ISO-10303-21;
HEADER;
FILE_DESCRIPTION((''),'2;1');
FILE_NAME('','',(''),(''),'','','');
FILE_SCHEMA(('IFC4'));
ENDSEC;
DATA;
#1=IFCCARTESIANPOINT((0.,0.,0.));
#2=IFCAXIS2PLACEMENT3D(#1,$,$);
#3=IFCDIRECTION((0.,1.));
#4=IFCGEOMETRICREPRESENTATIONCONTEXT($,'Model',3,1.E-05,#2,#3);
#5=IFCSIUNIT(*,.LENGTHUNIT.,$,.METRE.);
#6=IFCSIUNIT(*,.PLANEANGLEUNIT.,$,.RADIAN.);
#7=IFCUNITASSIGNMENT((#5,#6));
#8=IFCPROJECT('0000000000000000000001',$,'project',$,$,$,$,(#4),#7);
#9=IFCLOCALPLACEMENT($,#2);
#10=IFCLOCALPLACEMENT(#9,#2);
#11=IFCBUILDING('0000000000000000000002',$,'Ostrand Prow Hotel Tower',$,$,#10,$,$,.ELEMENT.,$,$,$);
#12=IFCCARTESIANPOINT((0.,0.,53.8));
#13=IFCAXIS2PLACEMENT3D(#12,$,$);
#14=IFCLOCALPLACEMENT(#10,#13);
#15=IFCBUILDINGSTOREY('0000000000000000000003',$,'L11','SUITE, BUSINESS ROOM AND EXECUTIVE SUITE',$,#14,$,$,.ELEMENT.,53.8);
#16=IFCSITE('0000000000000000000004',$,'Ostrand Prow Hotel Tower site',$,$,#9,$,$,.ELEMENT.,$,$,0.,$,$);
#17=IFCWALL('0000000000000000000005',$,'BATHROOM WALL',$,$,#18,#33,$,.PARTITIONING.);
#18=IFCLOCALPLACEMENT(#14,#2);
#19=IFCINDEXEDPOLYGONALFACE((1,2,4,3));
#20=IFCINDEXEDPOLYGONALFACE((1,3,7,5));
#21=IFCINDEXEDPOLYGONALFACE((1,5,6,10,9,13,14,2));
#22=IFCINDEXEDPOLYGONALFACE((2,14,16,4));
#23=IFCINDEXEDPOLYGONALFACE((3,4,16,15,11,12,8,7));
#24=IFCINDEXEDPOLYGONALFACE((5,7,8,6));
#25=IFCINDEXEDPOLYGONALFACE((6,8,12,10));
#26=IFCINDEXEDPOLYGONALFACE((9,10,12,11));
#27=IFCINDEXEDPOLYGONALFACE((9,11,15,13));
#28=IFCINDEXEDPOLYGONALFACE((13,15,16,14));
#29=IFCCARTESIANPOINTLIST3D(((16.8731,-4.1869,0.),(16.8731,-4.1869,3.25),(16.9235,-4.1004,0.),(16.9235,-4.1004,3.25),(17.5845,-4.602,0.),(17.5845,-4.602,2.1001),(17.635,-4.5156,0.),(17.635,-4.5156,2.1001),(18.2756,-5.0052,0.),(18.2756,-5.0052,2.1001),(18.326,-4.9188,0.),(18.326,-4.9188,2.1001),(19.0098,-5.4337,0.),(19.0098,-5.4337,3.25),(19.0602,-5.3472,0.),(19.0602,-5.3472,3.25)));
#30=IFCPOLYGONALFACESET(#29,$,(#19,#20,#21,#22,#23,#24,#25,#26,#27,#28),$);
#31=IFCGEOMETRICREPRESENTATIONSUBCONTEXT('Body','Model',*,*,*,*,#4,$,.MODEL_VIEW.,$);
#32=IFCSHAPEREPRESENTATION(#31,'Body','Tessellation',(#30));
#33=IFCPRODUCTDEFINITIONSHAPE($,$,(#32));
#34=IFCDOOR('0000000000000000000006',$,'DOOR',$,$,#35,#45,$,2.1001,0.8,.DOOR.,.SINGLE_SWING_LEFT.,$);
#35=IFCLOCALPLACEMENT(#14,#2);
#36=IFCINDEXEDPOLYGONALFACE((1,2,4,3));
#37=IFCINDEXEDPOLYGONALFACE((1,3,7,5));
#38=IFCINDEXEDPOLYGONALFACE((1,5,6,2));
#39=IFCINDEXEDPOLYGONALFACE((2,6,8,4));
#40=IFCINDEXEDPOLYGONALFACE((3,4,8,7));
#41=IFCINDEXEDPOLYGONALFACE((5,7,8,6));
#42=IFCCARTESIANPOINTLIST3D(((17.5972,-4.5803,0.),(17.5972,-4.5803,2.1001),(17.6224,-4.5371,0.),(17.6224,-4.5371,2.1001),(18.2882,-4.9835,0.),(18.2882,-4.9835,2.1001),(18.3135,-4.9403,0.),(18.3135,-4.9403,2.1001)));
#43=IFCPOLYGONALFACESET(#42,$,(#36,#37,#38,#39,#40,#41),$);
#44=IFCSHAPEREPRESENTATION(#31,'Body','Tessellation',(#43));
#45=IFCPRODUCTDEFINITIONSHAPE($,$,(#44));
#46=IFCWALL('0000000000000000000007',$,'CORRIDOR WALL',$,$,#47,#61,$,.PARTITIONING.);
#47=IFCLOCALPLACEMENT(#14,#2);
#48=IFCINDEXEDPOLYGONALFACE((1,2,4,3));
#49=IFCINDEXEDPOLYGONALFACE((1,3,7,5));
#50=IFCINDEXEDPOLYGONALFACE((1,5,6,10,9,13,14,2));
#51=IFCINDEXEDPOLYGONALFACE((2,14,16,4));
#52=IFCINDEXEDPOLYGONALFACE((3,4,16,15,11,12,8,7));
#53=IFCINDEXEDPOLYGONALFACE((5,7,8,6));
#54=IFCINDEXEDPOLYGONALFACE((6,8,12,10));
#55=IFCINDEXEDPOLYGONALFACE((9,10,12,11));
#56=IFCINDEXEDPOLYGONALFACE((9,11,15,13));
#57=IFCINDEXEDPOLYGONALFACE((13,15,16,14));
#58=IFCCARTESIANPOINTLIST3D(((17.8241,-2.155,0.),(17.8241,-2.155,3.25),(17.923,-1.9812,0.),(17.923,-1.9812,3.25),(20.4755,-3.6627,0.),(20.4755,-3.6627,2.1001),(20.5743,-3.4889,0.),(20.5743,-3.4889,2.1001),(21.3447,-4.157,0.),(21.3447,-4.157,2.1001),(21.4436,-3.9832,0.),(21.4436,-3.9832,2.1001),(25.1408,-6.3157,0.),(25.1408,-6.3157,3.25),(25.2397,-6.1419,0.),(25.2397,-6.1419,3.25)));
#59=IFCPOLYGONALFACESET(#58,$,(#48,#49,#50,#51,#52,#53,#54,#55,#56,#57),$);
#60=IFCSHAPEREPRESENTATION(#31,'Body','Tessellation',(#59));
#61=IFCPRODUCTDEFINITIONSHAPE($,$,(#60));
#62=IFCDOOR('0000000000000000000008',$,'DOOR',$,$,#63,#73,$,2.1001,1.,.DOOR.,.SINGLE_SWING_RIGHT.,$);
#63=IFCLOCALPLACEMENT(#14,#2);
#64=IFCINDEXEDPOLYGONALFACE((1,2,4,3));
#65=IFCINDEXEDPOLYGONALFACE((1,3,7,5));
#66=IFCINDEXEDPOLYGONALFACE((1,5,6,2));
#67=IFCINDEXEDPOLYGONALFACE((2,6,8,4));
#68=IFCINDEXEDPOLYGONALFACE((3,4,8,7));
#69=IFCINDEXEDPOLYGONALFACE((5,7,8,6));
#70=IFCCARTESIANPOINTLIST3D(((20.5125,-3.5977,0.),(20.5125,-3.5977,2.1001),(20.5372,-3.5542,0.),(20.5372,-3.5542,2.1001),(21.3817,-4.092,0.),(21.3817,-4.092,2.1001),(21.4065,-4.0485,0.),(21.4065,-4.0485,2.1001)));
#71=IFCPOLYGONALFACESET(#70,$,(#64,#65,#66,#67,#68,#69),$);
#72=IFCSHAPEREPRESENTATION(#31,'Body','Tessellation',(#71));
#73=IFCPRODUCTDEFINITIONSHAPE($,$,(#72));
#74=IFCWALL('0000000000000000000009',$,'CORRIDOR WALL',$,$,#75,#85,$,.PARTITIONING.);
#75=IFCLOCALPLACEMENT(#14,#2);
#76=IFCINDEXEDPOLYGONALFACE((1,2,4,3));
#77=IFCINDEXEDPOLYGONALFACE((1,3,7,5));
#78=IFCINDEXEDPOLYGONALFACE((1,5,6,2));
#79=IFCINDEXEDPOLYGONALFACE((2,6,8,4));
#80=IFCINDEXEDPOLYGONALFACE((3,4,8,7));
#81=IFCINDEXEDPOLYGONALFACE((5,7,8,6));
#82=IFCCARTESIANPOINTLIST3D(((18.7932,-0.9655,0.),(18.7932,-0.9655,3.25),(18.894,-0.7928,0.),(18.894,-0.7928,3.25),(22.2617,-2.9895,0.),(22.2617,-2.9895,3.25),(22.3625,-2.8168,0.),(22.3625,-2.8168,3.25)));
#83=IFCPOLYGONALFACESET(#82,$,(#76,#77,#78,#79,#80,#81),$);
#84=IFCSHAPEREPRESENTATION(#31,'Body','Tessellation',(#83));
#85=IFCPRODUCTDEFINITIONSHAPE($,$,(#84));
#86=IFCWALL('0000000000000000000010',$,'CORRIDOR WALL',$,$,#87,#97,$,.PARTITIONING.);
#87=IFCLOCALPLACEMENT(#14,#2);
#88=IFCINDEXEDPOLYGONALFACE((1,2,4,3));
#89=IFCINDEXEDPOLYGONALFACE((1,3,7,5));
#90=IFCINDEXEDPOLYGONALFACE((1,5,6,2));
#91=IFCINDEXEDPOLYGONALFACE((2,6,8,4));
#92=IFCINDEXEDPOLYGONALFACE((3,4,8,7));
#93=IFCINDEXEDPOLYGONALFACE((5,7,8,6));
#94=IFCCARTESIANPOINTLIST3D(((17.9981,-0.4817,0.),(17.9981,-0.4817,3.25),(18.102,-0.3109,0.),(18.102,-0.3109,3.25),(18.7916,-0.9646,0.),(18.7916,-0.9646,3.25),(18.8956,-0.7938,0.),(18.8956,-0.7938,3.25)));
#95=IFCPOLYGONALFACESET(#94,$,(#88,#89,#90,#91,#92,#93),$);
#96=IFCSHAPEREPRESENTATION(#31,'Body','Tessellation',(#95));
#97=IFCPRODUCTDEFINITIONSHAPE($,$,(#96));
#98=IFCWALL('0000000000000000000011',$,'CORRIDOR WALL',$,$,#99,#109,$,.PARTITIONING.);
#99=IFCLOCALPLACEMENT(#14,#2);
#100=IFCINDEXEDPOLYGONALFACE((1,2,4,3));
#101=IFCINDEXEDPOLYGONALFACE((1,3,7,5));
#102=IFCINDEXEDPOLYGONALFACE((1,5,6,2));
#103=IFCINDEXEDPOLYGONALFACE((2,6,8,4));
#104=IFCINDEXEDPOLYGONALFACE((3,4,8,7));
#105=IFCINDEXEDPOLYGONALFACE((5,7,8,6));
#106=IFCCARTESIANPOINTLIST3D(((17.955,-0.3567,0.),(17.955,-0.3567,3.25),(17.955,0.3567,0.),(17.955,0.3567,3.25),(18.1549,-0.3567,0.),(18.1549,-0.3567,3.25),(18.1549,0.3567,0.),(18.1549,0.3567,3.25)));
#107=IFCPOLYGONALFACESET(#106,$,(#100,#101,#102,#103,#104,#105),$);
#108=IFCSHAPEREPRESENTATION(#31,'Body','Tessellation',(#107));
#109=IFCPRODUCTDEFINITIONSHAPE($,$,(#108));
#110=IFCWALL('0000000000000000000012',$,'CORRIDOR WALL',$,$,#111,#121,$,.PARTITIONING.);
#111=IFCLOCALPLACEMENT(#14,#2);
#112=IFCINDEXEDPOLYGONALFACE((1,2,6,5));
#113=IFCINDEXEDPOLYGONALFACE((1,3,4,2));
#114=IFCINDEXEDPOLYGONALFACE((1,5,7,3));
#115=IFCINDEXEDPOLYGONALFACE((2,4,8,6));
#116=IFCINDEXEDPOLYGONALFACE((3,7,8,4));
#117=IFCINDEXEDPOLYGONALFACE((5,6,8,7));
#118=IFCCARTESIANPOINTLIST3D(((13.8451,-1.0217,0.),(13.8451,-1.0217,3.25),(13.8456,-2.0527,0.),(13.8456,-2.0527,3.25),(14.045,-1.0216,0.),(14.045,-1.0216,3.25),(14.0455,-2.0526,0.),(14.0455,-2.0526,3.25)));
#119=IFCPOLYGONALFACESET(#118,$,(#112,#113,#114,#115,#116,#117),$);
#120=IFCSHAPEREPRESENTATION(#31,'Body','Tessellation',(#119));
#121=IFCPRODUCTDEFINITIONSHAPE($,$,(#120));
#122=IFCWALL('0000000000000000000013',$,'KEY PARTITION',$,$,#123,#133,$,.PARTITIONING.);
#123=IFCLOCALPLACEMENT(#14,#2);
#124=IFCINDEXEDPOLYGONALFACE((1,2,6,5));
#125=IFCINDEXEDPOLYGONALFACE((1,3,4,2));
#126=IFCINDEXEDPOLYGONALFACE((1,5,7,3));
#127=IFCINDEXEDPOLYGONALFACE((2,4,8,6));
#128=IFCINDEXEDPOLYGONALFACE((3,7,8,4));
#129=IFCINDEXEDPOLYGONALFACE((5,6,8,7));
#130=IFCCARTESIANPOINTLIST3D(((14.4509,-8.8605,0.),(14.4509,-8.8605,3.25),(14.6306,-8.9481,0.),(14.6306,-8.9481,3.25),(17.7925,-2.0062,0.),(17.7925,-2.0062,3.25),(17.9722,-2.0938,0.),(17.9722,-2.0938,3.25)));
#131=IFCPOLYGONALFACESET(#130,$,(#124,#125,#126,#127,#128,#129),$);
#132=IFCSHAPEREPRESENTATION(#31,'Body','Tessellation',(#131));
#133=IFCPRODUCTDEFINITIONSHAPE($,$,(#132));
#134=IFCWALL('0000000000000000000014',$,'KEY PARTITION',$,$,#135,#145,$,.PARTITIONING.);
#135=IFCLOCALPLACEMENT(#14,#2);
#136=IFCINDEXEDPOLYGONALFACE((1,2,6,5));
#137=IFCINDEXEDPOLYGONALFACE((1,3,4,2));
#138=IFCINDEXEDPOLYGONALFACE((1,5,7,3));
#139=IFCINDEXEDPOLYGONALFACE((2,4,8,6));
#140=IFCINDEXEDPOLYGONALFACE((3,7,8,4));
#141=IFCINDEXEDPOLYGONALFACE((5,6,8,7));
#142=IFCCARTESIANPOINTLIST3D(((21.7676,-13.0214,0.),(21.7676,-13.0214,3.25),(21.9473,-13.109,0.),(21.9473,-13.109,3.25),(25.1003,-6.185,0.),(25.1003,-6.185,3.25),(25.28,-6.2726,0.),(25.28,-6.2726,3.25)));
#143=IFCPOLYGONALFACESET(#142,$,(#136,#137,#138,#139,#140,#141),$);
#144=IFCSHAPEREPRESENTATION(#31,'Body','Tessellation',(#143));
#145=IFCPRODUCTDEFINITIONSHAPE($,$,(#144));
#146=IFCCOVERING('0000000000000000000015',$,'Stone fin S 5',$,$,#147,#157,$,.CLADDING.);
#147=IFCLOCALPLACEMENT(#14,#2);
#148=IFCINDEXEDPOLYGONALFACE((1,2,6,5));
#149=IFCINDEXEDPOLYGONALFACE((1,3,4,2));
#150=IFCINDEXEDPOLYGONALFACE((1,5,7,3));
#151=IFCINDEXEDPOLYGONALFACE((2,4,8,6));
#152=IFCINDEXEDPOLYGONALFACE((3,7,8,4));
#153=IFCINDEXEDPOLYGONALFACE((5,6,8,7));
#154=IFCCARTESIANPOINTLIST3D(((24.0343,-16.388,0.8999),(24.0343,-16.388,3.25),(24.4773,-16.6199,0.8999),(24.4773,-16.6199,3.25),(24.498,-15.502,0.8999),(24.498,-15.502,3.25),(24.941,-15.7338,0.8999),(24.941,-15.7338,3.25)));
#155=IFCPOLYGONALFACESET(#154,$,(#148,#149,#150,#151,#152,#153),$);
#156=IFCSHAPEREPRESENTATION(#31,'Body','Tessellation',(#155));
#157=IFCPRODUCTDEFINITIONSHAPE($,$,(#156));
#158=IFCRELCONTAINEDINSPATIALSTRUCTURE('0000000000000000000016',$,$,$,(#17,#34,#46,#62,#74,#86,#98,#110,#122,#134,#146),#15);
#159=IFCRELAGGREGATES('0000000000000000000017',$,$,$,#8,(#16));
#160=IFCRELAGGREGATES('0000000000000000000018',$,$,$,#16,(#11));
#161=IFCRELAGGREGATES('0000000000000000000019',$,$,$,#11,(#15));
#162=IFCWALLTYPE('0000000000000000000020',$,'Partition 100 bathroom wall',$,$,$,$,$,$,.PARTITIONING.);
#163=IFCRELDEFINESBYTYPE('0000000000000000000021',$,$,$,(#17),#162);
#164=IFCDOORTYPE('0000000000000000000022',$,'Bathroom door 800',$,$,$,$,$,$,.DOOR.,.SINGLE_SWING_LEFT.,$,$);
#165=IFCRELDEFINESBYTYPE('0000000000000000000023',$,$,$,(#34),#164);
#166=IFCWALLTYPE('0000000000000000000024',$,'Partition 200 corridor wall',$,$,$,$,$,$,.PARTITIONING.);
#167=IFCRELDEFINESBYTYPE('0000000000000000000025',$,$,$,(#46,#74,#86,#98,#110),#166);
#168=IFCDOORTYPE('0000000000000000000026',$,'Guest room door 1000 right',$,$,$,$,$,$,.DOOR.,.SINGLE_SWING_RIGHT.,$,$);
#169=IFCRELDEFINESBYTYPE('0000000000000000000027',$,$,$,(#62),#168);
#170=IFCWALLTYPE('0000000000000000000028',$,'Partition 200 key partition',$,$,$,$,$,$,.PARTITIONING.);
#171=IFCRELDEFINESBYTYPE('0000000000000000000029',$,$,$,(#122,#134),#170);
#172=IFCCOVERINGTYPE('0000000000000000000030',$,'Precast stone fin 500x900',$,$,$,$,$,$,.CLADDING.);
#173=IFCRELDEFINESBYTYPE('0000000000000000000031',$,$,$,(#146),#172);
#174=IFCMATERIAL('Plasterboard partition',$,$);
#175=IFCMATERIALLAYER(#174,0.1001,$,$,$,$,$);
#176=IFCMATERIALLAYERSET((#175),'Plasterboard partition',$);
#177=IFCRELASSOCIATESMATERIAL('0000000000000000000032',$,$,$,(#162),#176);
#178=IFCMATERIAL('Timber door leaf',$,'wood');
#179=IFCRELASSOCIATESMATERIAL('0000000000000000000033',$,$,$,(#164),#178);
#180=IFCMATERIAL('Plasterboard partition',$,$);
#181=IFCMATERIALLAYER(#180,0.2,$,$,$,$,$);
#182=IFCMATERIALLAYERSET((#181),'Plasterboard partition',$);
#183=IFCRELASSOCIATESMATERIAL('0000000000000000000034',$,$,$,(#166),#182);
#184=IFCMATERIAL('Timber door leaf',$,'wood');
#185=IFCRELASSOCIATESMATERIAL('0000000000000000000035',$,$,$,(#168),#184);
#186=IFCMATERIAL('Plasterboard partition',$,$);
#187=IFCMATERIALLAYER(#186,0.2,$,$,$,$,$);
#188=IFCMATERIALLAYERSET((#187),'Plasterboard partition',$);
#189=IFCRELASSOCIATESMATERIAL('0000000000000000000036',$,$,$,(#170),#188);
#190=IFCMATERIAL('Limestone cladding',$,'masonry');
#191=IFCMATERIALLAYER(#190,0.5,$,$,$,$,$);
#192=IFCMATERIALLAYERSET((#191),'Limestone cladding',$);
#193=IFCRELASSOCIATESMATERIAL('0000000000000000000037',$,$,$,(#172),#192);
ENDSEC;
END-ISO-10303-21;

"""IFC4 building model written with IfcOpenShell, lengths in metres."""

from ifc_helpers import new_model, si_unit, direction, frame, frame_2d, origin, place, context, subcontext, project, spatial, rectangle, extrude, material, layer, layer_set, type_object, element, fill, save


model = new_model("IFC4")

# Units and contexts
model_context = context("Model", 3, precision=1e-05, world=origin(), true_north=direction((0.0, 1.0)))
body_context = subcontext(model_context, "Body", "Model", "MODEL_VIEW")
ifc_project = project(units=[si_unit("LENGTHUNIT", "METRE"), si_unit("PLANEANGLEUNIT", "RADIAN")], contexts=[model_context])

# Site, building, storey
site_placement = place(None, origin())
site = spatial("IfcSite", under=ifc_project, at=site_placement, Name="Ostrand Prow Hotel Tower site", CompositionType="ELEMENT", RefElevation=0.0)
building_placement = place(site_placement, origin())
building = spatial("IfcBuilding", under=site, at=building_placement, Name="Ostrand Prow Hotel Tower", CompositionType="ELEMENT")
storey_placement = place(building_placement, frame((0.0, 0.0, 53.8)))
storey = spatial("IfcBuildingStorey", under=building, at=storey_placement, Name="L11", Description="SUITE, BUSINESS ROOM AND EXECUTIVE SUITE", CompositionType="ELEMENT", Elevation=53.8)

# Shared definitions
ifc_material_1 = material(Name="Plasterboard partition")
ifc_layer_1 = layer(ifc_material_1, 0.1001)
ifc_layer_set_1 = layer_set([ifc_layer_1], Name="Plasterboard partition")
wall_type_1 = type_object("IfcWallType", Name="Partition 100 bathroom wall", PredefinedType="PARTITIONING", material=ifc_layer_set_1)

# Walls, openings, doors
wall_1_placement = place(storey_placement, frame((19.0349, -5.3904, 0.0), z_axis=(0.0, 0.0, 1.0), x_axis=(-0.863707, 0.503994, 0.0)))
wall_1 = element("IfcWall", 1, at=wall_1_placement, inside=storey, type_object=wall_type_1, Name="BATHROOM WALL", PredefinedType="PARTITIONING", context=body_context, shape_type="SweptSolid", body=[
    extrude(rectangle(XDim=2.4739, YDim=0.1001, at=frame_2d((1.2368, 0.0))), origin(), (0.0, 0.0, 1.0), 3.25),
])
opening_1_placement = place(wall_1_placement, frame((0.8501, 0.0, 0.0)))
opening_1 = element("IfcOpeningElement", 2, at=opening_1_placement, cuts=wall_1, PredefinedType="OPENING", context=body_context, shape_type="SweptSolid", body=[
    extrude(rectangle(XDim=0.8, YDim=2.1001, at=frame_2d((0.3999, 1.05))), frame((0.0, 0.0601, 0.0), z_axis=(0.0, -1.0, 0.0), x_axis=(1.0, 0.0, 0.0)), (0.0, 0.0, 1.0), 0.1201),
])
ifc_material_2 = material(Name="Timber door leaf", Category="wood")
door_type_1 = type_object("IfcDoorType", Name="Bathroom door 800", OperationType="SINGLE_SWING_LEFT", PredefinedType="DOOR", material=ifc_material_2)
door_1_placement = place(opening_1_placement, origin())
door_1 = element("IfcDoor", 3, at=door_1_placement, inside=storey, type_object=door_type_1, Name="DOOR", OperationType="SINGLE_SWING_LEFT", OverallHeight=2.1001, OverallWidth=0.8, PredefinedType="DOOR", context=body_context, shape_type="SweptSolid", body=[
    extrude(rectangle(XDim=0.8, YDim=2.1001, at=frame_2d((0.3999, 1.05))), frame((0.0, 0.0249, 0.0), z_axis=(0.0, -1.0, 0.0), x_axis=(1.0, 0.0, 0.0)), (0.0, 0.0, 1.0), 0.05),
])
fill(opening_1, door_1)
ifc_material_3 = material(Name="Plasterboard partition")
ifc_layer_2 = layer(ifc_material_3, 0.2)
ifc_layer_set_2 = layer_set([ifc_layer_2], Name="Plasterboard partition")
wall_type_2 = type_object("IfcWallType", Name="Partition 200 corridor wall", PredefinedType="PARTITIONING", material=ifc_layer_set_2)
wall_2_placement = place(storey_placement, frame((17.8735, -2.0681, 0.0), z_axis=(0.0, 0.0, 1.0), x_axis=(0.86928, -0.49432, 0.0)))
wall_2 = element("IfcWall", 4, at=wall_2_placement, inside=storey, type_object=wall_type_2, Name="CORRIDOR WALL", PredefinedType="PARTITIONING", context=body_context, shape_type="SweptSolid", body=[
    extrude(rectangle(XDim=8.417, YDim=0.2, at=frame_2d((4.2085, 0.0))), origin(), (0.0, 0.0, 1.0), 3.25),
])
opening_2_placement = place(wall_2_placement, frame((3.05, 0.0, 0.0)))
opening_2 = element("IfcOpeningElement", 5, at=opening_2_placement, cuts=wall_2, PredefinedType="OPENING", context=body_context, shape_type="SweptSolid", body=[
    extrude(rectangle(XDim=1.0, YDim=2.1001, at=frame_2d((0.5, 1.05))), frame((0.0, 0.1099, 0.0), z_axis=(0.0, -1.0, 0.0), x_axis=(1.0, 0.0, 0.0)), (0.0, 0.0, 1.0), 0.22),
])
ifc_material_4 = material(Name="Timber door leaf", Category="wood")
door_type_2 = type_object("IfcDoorType", Name="Guest room door 1000 right", OperationType="SINGLE_SWING_RIGHT", PredefinedType="DOOR", material=ifc_material_4)
door_2_placement = place(opening_2_placement, origin())
door_2 = element("IfcDoor", 6, at=door_2_placement, inside=storey, type_object=door_type_2, Name="DOOR", OperationType="SINGLE_SWING_RIGHT", OverallHeight=2.1001, OverallWidth=1.0, PredefinedType="DOOR", context=body_context, shape_type="SweptSolid", body=[
    extrude(rectangle(XDim=1.0, YDim=2.1001, at=frame_2d((0.5, 1.05))), frame((0.0, 0.0249, 0.0), z_axis=(0.0, -1.0, 0.0), x_axis=(1.0, 0.0, 0.0)), (0.0, 0.0, 1.0), 0.05),
])
fill(opening_2, door_2)

# Walls
wall_3_placement = place(storey_placement, frame((22.312, -2.9031, 0.0), z_axis=(0.0, 0.0, 1.0), x_axis=(-0.863711, 0.503988, 0.0)))
element("IfcWall", 7, at=wall_3_placement, inside=storey, type_object=wall_type_2, Name="CORRIDOR WALL", PredefinedType="PARTITIONING", context=body_context, shape_type="SweptSolid", body=[
    extrude(rectangle(XDim=4.0159, YDim=0.2, at=frame_2d((2.0078, 0.0))), origin(), (0.0, 0.0, 1.0), 3.25),
])
wall_4_placement = place(storey_placement, frame((18.8435, -0.8792, 0.0), z_axis=(0.0, 0.0, 1.0), x_axis=(-0.854229, 0.519897, 0.0)))
element("IfcWall", 8, at=wall_4_placement, inside=storey, type_object=wall_type_2, Name="CORRIDOR WALL", PredefinedType="PARTITIONING", context=body_context, shape_type="SweptSolid", body=[
    extrude(rectangle(XDim=0.929, YDim=0.2, at=frame_2d((0.4644, 0.0))), origin(), (0.0, 0.0, 1.0), 3.25),
])
wall_5_placement = place(storey_placement, frame((18.0549, -0.3567, 0.0), z_axis=(0.0, 0.0, 1.0), x_axis=(0.0, 1.0, 0.0)))
element("IfcWall", 9, at=wall_5_placement, inside=storey, type_object=wall_type_2, Name="CORRIDOR WALL", PredefinedType="PARTITIONING", context=body_context, shape_type="SweptSolid", body=[
    extrude(rectangle(XDim=0.7134, YDim=0.2, at=frame_2d((0.3567, 0.0))), origin(), (0.0, 0.0, 1.0), 3.25),
])
wall_6_placement = place(storey_placement, frame((13.9451, -1.0215, 0.0), z_axis=(0.0, 0.0, 1.0), x_axis=(0.000474, -1.0, 0.0)))
element("IfcWall", 10, at=wall_6_placement, inside=storey, type_object=wall_type_2, Name="CORRIDOR WALL", PredefinedType="PARTITIONING", context=body_context, shape_type="SweptSolid", body=[
    extrude(rectangle(XDim=1.031, YDim=0.2, at=frame_2d((0.5156, 0.0))), origin(), (0.0, 0.0, 1.0), 3.25),
])
ifc_material_5 = material(Name="Plasterboard partition")
ifc_layer_3 = layer(ifc_material_5, 0.2)
ifc_layer_set_3 = layer_set([ifc_layer_3], Name="Plasterboard partition")
wall_type_3 = type_object("IfcWallType", Name="Partition 200 key partition", PredefinedType="PARTITIONING", material=ifc_layer_set_3)
wall_7_placement = place(storey_placement, frame((14.5408, -8.9043, 0.0), z_axis=(0.0, 0.0, 1.0), x_axis=(0.438214, 0.898871, 0.0)))
element("IfcWall", 11, at=wall_7_placement, inside=storey, type_object=wall_type_3, Name="KEY PARTITION", PredefinedType="PARTITIONING", context=body_context, shape_type="SweptSolid", body=[
    extrude(rectangle(XDim=7.6255, YDim=0.2, at=frame_2d((3.8127, 0.0))), origin(), (0.0, 0.0, 1.0), 3.25),
])
wall_8_placement = place(storey_placement, frame((21.8574, -13.0652, 0.0), z_axis=(0.0, 0.0, 1.0), x_axis=(0.438203, 0.898876, 0.0)))
element("IfcWall", 12, at=wall_8_placement, inside=storey, type_object=wall_type_3, Name="KEY PARTITION", PredefinedType="PARTITIONING", context=body_context, shape_type="SweptSolid", body=[
    extrude(rectangle(XDim=7.6055, YDim=0.2, at=frame_2d((3.8027, 0.0))), origin(), (0.0, 0.0, 1.0), 3.25),
])

# Covering
ifc_material_6 = material(Name="Limestone cladding", Category="masonry")
ifc_layer_4 = layer(ifc_material_6, 0.5)
ifc_layer_set_4 = layer_set([ifc_layer_4], Name="Limestone cladding")
covering_type = type_object("IfcCoveringType", Name="Precast stone fin 500x900", PredefinedType="CLADDING", material=ifc_layer_set_4)
covering_placement = place(storey_placement, frame((24.7195, -15.6179, 0.8999), z_axis=(0.0, 0.0, 1.0), x_axis=(-0.463642, -0.886023, 0.0)))
element("IfcCovering", 13, at=covering_placement, inside=storey, type_object=covering_type, Name="Stone fin S 5", PredefinedType="CLADDING", context=body_context, shape_type="SweptSolid", body=[
    extrude(rectangle(XDim=1.0, YDim=0.5, at=frame_2d((0.5, 0.0))), origin(), (0.0, 0.0, 1.0), 2.3501),
])

save(model, "model.ifc")
